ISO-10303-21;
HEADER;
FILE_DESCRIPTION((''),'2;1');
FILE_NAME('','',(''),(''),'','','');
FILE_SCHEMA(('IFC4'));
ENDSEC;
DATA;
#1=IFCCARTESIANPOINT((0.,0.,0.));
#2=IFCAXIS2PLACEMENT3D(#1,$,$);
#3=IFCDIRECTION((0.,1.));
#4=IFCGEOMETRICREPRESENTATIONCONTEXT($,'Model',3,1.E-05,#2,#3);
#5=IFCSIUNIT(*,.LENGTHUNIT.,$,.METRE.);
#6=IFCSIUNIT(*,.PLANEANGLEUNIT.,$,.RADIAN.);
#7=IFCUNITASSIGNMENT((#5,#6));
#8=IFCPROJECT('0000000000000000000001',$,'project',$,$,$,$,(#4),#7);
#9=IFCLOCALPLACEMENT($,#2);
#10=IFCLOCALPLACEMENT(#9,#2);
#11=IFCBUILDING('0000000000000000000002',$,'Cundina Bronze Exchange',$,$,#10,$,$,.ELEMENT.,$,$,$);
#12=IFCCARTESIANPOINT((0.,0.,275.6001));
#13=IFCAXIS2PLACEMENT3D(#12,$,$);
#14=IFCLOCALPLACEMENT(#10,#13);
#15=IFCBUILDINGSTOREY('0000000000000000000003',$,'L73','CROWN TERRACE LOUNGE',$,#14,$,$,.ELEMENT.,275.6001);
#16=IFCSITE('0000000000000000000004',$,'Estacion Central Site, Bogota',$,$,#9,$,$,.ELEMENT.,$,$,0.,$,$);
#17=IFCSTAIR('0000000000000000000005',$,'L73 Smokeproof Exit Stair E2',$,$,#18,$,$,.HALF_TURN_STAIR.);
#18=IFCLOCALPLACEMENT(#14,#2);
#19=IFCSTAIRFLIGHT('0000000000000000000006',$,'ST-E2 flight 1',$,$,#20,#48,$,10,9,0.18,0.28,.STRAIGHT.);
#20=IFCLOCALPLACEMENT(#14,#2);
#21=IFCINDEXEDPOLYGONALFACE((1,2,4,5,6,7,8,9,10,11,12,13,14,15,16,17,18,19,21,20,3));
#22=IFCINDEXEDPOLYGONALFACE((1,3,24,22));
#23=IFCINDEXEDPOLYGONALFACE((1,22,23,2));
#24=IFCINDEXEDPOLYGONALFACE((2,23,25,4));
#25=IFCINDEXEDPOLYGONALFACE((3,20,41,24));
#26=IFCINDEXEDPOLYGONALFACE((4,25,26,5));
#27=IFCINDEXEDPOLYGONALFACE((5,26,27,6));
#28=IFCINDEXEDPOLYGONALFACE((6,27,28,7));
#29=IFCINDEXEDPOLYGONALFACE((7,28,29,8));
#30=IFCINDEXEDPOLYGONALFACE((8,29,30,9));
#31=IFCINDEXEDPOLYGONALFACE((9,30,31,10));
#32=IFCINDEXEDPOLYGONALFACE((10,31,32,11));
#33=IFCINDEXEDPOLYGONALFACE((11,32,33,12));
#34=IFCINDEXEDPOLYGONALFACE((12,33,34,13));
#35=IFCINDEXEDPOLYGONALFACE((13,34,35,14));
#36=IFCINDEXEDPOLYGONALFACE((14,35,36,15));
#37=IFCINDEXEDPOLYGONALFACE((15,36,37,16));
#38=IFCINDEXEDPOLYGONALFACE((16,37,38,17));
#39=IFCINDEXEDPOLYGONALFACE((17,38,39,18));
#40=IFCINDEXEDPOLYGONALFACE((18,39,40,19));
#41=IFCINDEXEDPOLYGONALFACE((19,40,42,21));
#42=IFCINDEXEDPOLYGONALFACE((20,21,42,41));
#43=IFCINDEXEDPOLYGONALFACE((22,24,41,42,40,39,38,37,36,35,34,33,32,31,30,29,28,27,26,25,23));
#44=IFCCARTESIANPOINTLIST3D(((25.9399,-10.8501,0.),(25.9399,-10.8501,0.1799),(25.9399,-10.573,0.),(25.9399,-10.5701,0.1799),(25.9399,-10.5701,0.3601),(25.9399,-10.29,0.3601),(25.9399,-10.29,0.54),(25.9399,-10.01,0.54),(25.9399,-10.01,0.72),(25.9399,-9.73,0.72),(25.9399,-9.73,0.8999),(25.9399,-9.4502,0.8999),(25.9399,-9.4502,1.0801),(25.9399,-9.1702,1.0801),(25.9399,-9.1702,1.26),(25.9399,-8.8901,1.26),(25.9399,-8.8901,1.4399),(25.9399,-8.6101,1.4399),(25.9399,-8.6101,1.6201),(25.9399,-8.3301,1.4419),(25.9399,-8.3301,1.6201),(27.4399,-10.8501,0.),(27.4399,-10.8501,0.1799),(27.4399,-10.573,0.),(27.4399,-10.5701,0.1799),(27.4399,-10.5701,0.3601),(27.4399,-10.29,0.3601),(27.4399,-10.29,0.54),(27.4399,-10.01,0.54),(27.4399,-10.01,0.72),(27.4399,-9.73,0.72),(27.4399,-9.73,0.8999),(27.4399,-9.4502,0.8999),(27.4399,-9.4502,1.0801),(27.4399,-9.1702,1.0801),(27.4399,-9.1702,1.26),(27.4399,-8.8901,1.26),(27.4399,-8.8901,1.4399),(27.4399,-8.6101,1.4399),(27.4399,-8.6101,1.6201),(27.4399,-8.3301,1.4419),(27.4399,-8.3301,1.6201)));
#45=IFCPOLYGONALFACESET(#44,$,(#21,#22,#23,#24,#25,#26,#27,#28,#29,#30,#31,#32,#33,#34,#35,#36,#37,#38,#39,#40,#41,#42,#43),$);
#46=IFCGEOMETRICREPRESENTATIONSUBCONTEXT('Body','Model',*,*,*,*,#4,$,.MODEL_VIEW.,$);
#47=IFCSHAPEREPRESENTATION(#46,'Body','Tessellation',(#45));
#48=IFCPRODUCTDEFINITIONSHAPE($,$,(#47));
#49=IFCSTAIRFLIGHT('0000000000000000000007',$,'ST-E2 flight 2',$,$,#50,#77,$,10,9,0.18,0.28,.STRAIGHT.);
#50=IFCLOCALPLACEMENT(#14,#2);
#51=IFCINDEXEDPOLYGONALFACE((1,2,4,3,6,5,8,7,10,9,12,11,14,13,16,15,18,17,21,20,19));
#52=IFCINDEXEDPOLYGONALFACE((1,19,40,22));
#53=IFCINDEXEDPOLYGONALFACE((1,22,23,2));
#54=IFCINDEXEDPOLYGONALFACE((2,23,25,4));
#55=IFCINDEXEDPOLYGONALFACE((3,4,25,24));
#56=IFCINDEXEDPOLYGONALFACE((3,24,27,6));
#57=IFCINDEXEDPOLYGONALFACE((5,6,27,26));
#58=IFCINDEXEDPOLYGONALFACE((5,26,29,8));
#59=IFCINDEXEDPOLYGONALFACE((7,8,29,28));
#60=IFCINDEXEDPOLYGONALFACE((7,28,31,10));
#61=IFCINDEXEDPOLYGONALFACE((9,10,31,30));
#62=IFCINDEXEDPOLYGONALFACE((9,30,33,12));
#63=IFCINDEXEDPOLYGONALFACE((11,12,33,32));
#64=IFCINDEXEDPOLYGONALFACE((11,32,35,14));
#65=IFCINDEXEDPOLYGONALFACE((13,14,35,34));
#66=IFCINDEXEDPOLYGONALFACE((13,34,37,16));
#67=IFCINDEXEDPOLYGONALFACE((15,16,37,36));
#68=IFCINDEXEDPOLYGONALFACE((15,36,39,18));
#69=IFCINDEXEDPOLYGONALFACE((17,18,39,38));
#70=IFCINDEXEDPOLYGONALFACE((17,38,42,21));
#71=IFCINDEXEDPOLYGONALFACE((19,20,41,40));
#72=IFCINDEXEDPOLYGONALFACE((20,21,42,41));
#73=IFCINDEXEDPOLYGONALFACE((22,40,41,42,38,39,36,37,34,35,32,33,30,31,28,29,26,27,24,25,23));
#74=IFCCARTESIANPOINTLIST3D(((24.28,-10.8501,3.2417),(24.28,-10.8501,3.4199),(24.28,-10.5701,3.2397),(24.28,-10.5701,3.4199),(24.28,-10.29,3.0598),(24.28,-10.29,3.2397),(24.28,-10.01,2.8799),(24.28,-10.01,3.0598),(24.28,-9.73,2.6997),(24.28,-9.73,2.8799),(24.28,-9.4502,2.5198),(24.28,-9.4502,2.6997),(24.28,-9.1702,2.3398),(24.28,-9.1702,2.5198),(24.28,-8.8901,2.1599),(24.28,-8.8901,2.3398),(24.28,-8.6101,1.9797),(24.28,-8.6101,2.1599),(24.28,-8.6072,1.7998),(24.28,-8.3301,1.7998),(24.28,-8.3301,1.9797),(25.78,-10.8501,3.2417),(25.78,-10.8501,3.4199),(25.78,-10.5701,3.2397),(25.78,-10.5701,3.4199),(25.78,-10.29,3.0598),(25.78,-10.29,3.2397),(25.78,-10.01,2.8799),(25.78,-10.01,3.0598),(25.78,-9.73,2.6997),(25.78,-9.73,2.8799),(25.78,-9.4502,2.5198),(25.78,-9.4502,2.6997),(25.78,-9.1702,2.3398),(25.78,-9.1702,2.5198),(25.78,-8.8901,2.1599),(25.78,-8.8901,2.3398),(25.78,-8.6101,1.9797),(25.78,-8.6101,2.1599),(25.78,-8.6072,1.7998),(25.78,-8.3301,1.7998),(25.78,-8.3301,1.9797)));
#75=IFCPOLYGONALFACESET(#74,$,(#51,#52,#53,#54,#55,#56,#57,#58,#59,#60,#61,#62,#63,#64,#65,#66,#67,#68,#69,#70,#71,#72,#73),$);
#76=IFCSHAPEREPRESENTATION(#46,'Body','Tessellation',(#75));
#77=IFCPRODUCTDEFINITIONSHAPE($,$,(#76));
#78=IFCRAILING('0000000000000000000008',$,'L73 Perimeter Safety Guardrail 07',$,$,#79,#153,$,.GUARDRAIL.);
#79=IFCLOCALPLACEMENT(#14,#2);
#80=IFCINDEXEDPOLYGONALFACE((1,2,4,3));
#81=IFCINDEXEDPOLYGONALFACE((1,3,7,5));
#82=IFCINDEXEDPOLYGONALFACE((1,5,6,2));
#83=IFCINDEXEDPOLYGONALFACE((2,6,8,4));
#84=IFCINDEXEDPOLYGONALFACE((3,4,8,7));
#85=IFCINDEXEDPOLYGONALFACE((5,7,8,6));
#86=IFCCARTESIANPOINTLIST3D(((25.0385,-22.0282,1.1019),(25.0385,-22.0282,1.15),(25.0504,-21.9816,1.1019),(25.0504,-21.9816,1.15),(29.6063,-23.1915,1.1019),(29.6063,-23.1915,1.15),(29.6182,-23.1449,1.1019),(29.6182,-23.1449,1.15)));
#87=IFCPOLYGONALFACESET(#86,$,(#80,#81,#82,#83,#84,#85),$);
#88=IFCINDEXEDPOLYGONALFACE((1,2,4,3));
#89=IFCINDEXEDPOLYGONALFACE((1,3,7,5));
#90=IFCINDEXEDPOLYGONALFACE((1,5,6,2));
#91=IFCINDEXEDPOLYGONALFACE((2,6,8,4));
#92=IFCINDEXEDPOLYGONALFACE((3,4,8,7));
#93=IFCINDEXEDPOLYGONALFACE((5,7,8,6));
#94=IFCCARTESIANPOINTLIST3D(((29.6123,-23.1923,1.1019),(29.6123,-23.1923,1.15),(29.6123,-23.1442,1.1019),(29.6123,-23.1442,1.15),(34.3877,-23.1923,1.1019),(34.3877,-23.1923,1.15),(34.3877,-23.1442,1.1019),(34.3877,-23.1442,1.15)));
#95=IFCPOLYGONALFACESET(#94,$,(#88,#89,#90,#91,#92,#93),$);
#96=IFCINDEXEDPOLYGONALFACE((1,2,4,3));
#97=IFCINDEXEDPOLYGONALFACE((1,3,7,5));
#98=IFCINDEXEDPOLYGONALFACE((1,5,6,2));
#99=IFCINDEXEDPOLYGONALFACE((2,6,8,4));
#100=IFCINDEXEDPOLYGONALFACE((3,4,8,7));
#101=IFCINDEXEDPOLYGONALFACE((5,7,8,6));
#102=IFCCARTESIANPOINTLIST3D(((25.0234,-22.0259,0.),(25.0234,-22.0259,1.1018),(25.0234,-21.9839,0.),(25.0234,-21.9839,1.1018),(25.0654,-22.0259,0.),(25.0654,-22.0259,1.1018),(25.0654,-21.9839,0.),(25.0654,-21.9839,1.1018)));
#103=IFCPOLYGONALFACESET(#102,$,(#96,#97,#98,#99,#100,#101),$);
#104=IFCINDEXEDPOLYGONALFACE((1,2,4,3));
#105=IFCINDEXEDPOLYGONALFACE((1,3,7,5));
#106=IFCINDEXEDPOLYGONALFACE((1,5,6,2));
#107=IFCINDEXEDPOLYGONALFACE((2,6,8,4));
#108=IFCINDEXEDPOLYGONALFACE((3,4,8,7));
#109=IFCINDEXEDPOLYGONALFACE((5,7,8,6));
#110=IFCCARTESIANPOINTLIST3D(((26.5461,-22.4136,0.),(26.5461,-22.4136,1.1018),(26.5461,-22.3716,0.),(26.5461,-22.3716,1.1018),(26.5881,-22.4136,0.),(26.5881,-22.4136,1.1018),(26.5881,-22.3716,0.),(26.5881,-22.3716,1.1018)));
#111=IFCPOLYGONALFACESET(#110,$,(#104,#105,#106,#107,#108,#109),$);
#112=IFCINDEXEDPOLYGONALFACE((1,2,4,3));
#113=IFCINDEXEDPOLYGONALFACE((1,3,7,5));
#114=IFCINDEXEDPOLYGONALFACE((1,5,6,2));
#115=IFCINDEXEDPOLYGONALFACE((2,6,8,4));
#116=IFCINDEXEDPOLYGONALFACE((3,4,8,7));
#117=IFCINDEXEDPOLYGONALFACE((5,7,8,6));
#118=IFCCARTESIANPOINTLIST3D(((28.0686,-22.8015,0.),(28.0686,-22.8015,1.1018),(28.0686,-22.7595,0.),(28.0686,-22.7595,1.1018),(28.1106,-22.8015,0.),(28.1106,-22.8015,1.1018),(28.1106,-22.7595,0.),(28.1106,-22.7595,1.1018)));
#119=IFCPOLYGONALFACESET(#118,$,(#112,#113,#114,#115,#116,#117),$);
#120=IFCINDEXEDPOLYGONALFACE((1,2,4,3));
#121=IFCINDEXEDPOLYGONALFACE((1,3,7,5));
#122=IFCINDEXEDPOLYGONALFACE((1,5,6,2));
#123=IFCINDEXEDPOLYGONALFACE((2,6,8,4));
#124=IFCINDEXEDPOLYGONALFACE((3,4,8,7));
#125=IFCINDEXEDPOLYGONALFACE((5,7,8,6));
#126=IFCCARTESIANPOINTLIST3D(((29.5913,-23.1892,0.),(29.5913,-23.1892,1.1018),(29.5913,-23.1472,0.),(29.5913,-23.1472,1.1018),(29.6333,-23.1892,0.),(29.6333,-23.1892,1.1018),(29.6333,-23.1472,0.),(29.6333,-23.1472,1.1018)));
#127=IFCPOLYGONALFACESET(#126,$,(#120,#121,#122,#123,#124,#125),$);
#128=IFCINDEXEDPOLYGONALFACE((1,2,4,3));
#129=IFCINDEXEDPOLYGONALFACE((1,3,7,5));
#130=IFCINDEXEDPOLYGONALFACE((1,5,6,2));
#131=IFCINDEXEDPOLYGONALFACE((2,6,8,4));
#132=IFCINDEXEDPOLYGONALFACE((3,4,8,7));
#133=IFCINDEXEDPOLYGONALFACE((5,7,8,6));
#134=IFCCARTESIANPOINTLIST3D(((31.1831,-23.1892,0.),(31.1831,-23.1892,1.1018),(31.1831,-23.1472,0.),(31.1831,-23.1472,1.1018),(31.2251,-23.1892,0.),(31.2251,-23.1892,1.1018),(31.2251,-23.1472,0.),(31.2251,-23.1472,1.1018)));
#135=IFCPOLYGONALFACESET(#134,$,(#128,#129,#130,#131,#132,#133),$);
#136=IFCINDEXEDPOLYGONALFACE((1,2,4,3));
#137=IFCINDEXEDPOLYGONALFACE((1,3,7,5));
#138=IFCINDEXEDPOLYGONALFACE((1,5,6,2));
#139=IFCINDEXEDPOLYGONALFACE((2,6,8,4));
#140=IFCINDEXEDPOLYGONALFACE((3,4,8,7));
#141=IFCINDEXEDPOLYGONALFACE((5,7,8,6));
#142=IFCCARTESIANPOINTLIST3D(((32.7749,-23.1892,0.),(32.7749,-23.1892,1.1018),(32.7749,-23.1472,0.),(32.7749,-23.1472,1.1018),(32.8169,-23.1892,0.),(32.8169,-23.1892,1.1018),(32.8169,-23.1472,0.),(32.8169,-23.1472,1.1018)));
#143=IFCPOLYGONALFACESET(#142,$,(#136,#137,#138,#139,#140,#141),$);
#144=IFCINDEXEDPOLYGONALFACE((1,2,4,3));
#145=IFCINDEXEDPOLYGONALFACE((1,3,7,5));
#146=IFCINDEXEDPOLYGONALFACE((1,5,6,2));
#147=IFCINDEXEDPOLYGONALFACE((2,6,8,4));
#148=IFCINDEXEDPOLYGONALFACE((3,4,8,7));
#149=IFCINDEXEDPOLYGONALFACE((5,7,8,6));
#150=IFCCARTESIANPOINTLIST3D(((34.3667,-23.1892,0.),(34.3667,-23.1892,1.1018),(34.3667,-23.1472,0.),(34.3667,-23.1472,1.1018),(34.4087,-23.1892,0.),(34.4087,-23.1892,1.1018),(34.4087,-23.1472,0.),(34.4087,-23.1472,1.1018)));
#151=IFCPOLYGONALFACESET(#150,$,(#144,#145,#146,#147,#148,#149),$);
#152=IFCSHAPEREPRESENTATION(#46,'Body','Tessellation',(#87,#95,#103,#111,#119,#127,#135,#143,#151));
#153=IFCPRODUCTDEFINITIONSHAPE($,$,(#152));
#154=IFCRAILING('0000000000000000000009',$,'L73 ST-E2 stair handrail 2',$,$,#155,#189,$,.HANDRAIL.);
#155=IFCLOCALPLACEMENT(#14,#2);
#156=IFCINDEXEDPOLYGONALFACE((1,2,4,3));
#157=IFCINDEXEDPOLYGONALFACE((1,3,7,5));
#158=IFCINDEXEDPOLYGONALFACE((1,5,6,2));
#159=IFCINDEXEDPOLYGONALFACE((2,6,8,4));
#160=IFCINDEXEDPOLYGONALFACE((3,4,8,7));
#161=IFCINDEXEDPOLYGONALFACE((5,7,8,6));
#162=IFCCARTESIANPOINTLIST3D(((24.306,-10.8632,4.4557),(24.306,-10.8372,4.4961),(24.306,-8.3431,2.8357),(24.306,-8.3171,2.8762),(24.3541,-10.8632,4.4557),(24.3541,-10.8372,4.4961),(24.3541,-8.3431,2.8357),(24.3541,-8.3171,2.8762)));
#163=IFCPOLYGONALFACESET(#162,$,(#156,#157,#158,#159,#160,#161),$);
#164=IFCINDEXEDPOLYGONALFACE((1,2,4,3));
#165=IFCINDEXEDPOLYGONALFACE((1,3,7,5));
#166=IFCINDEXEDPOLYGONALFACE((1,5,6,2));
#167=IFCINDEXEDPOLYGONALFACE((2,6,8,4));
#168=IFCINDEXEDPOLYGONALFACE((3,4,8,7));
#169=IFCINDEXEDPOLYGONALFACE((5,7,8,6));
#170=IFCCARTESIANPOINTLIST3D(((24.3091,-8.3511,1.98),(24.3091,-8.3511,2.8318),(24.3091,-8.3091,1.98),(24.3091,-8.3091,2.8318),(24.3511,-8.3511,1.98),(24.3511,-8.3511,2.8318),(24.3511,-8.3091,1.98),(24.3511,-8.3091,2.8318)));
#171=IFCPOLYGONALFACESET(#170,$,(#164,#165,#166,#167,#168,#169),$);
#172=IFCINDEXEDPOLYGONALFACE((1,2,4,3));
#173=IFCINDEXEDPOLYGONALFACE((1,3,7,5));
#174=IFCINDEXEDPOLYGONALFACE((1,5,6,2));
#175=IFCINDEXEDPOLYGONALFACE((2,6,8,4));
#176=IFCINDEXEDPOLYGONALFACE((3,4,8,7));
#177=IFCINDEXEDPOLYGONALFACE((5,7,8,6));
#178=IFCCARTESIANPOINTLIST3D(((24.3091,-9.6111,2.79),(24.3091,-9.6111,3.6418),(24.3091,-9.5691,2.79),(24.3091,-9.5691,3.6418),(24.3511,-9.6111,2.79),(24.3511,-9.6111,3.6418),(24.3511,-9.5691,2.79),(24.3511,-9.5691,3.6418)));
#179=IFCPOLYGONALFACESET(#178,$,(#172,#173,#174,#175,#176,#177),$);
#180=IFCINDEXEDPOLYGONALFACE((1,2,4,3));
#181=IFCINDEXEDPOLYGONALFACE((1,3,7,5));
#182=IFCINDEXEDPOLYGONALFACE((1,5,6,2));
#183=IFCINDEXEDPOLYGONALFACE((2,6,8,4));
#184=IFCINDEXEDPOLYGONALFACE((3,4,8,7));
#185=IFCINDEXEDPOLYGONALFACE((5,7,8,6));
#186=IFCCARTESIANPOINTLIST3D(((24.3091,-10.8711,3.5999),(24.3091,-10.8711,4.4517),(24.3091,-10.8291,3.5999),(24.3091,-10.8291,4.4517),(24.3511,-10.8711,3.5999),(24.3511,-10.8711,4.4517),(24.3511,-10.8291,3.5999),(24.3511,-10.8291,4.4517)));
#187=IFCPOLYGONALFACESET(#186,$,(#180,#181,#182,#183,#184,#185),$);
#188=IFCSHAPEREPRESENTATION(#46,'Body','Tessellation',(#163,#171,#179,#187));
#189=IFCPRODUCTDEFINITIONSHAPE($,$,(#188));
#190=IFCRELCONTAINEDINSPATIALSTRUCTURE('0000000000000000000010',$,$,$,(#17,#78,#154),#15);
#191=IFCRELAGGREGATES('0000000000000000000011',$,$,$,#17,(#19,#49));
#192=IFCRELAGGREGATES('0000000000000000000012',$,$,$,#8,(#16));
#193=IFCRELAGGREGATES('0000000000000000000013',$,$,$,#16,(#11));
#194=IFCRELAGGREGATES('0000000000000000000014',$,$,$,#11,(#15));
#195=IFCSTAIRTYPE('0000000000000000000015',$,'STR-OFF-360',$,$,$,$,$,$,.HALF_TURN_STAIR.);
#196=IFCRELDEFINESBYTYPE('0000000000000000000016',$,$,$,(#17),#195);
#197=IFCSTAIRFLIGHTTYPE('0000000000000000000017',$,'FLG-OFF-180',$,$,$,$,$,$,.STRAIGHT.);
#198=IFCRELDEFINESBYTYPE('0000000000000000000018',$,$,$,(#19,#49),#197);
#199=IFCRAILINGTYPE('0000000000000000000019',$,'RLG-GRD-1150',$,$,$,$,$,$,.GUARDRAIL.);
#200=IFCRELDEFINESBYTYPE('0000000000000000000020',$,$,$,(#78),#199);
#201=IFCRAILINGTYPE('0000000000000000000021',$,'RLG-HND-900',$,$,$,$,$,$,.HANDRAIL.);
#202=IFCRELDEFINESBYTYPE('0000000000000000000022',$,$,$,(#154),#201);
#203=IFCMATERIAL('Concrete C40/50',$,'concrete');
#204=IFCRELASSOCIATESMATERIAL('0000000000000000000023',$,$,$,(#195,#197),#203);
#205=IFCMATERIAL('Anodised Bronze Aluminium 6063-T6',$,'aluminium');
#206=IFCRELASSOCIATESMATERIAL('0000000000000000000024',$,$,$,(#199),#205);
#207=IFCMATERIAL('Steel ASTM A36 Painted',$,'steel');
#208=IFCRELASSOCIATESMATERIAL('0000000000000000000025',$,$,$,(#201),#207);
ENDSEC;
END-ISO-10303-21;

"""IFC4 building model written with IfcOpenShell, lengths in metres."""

from ifc_helpers import new_model, si_unit, direction, frame, origin, origin_2d, place, context, subcontext, project, spatial, polyline, rectangle, outline, extrude, material, type_object, element, aggregate, save


model = new_model("IFC4")

# Units and contexts
model_context = context("Model", 3, precision=1e-05, world=origin(), true_north=direction((0.0, 1.0)))
body_context = subcontext(model_context, "Body", "Model", "MODEL_VIEW")
ifc_project = project(units=[si_unit("LENGTHUNIT", "METRE"), si_unit("PLANEANGLEUNIT", "RADIAN")], contexts=[model_context])

# Site, building, storey
site_placement = place(None, origin())
site = spatial("IfcSite", under=ifc_project, at=site_placement, Name="Estacion Central Site, Bogota", CompositionType="ELEMENT", RefElevation=0.0)
building_placement = place(site_placement, origin())
building = spatial("IfcBuilding", under=site, at=building_placement, Name="Cundina Bronze Exchange", CompositionType="ELEMENT")
storey_placement = place(building_placement, frame((0.0, 0.0, 275.6001)))
storey = spatial("IfcBuildingStorey", under=building, at=storey_placement, Name="L73", Description="CROWN TERRACE LOUNGE", CompositionType="ELEMENT", Elevation=275.6001)

# Shared definitions
ifc_material_1 = material(Name="Anodised Bronze Aluminium 6063-T6", Category="aluminium")

# Shared definitions
ifc_material_2 = material(Name="Steel ASTM A36 Painted", Category="steel")

# Stair, stair flights
ifc_material_3 = material(Name="Concrete C40/50", Category="concrete")
stair_type = type_object("IfcStairType", Name="STR-OFF-360", PredefinedType="HALF_TURN_STAIR", material=ifc_material_3)
stair_placement = place(storey_placement, origin())
stair = element("IfcStair", 1, at=stair_placement, inside=storey, type_object=stair_type, Name="L73 Smokeproof Exit Stair E2", PredefinedType="HALF_TURN_STAIR")
stair_flight_type = type_object("IfcStairFlightType", Name="FLG-OFF-180", PredefinedType="STRAIGHT", material=ifc_material_3)
stair_flight_1_placement = place(storey_placement, frame((26.6899, -10.8501, 0.0), z_axis=(0.0, 0.0, 1.0), x_axis=(0.0, 1.0, 0.0)))
stair_flight_1 = element("IfcStairFlight", 2, at=stair_flight_1_placement, type_object=stair_flight_type, Name="ST-E2 flight 1", NumberOfRisers=10, NumberOfTreads=9, PredefinedType="STRAIGHT", RiserHeight=0.18, TreadLength=0.28, context=body_context, shape_type="SweptSolid", body=[
    extrude(outline(polyline([(0.0, 0.0), (0.0, 0.1799), (0.28, 0.1799), (0.28, 0.3601), (0.5601, 0.3601), (0.5601, 0.54), (0.8401, 0.54), (0.8401, 0.72), (1.1201, 0.72), (1.1201, 0.8999), (1.3999, 0.8999), (1.3999, 1.0801), (1.6799, 1.0801), (1.6799, 1.26), (1.96, 1.26), (1.96, 1.4399), (2.24, 1.4399), (2.24, 1.6201), (2.52, 1.6201), (2.52, 1.8), (2.52, 1.4419), (0.2771, 0.0), (0.0, 0.0)])), frame((0.0, 0.75, 0.0), z_axis=(0.0, -1.0, 0.0), x_axis=(1.0, 0.0, 0.0)), (0.0, 0.0, 1.0), 1.5),
])
stair_flight_2_placement = place(storey_placement, frame((25.03, -8.3301, 1.7998), z_axis=(0.0, 0.0, 1.0), x_axis=(0.0, -1.0, 0.0)))
stair_flight_2 = element("IfcStairFlight", 3, at=stair_flight_2_placement, type_object=stair_flight_type, Name="ST-E2 flight 2", NumberOfRisers=10, NumberOfTreads=9, PredefinedType="STRAIGHT", RiserHeight=0.18, TreadLength=0.28, context=body_context, shape_type="SweptSolid", body=[
    extrude(outline(polyline([(0.0, 0.0), (0.0, 0.1799), (0.28, 0.1799), (0.28, 0.3601), (0.5601, 0.3601), (0.5601, 0.54), (0.8401, 0.54), (0.8401, 0.72), (1.1201, 0.72), (1.1201, 0.8999), (1.3999, 0.8999), (1.3999, 1.0801), (1.6799, 1.0801), (1.6799, 1.26), (1.96, 1.26), (1.96, 1.4399), (2.24, 1.4399), (2.24, 1.6201), (2.52, 1.6201), (2.52, 1.8), (2.52, 1.4419), (0.2771, 0.0), (0.0, 0.0)])), frame((0.0, 0.75, 0.0), z_axis=(0.0, -1.0, 0.0), x_axis=(1.0, 0.0, 0.0)), (0.0, 0.0, 1.0), 1.5),
])
aggregate(stair, [stair_flight_1, stair_flight_2])

# Railings
railing_type_1 = type_object("IfcRailingType", Name="RLG-GRD-1150", PredefinedType="GUARDRAIL", material=ifc_material_1)
railing_1_placement = place(storey_placement, frame((25.0444, -22.0049, 0.0)))
element("IfcRailing", 4, at=railing_1_placement, inside=storey, type_object=railing_type_1, Name="L73 Perimeter Safety Guardrail 07", PredefinedType="GUARDRAIL", context=body_context, shape_type="SweptSolid", body=[
    extrude(rectangle(XDim=0.0481, YDim=0.0481, at=origin_2d()), frame((0.0, 0.0, 1.126), z_axis=(0.969067, -0.246799, 0.0), x_axis=(0.246799, 0.969067, 0.0)), (0.0, 0.0, 1.0), 4.7136),
    extrude(rectangle(XDim=0.0481, YDim=0.0481, at=origin_2d()), frame((4.5679, -1.1633, 1.126), z_axis=(1.0, 0.0, 0.0), x_axis=(0.0, 1.0, 0.0)), (0.0, 0.0, 1.0), 4.7754),
    extrude(rectangle(XDim=0.042, YDim=0.042, at=origin_2d()), origin(), (0.0, 0.0, 1.0), 1.1018),
    extrude(rectangle(XDim=0.042, YDim=0.042, at=origin_2d()), frame((1.5227, -0.3877, 0.0)), (0.0, 0.0, 1.0), 1.1018),
    extrude(rectangle(XDim=0.042, YDim=0.042, at=origin_2d()), frame((3.0452, -0.7756, 0.0)), (0.0, 0.0, 1.0), 1.1018),
    extrude(rectangle(XDim=0.042, YDim=0.042, at=origin_2d()), frame((4.5679, -1.1633, 0.0)), (0.0, 0.0, 1.0), 1.1018),
    extrude(rectangle(XDim=0.042, YDim=0.042, at=origin_2d()), frame((6.1597, -1.1633, 0.0)), (0.0, 0.0, 1.0), 1.1018),
    extrude(rectangle(XDim=0.042, YDim=0.042, at=origin_2d()), frame((7.7515, -1.1633, 0.0)), (0.0, 0.0, 1.0), 1.1018),
    extrude(rectangle(XDim=0.042, YDim=0.042, at=origin_2d()), frame((9.3433, -1.1633, 0.0)), (0.0, 0.0, 1.0), 1.1018),
])
railing_type_2 = type_object("IfcRailingType", Name="RLG-HND-900", PredefinedType="HANDRAIL", material=ifc_material_2)
railing_2_placement = place(storey_placement, frame((24.3301, -8.3301, 1.98)))
element("IfcRailing", 5, at=railing_2_placement, inside=storey, type_object=railing_type_2, Name="L73 ST-E2 stair handrail 2", PredefinedType="HANDRAIL", context=body_context, shape_type="SweptSolid", body=[
    extrude(rectangle(XDim=0.0481, YDim=0.0481, at=origin_2d()), frame((0.0, 0.0, 0.876), z_axis=(0.0, -0.8412, 0.540725), x_axis=(1.0, 0.0, 0.0)), (0.0, 0.0, 1.0), 2.9958),
    extrude(rectangle(XDim=0.042, YDim=0.042, at=origin_2d()), origin(), (0.0, 0.0, 1.0), 0.8518),
    extrude(rectangle(XDim=0.042, YDim=0.042, at=origin_2d()), frame((0.0, -1.26, 0.8101)), (0.0, 0.0, 1.0), 0.8518),
    extrude(rectangle(XDim=0.042, YDim=0.042, at=origin_2d()), frame((0.0, -2.52, 1.6199)), (0.0, 0.0, 1.0), 0.8518),
])

save(model, "model.ifc")
